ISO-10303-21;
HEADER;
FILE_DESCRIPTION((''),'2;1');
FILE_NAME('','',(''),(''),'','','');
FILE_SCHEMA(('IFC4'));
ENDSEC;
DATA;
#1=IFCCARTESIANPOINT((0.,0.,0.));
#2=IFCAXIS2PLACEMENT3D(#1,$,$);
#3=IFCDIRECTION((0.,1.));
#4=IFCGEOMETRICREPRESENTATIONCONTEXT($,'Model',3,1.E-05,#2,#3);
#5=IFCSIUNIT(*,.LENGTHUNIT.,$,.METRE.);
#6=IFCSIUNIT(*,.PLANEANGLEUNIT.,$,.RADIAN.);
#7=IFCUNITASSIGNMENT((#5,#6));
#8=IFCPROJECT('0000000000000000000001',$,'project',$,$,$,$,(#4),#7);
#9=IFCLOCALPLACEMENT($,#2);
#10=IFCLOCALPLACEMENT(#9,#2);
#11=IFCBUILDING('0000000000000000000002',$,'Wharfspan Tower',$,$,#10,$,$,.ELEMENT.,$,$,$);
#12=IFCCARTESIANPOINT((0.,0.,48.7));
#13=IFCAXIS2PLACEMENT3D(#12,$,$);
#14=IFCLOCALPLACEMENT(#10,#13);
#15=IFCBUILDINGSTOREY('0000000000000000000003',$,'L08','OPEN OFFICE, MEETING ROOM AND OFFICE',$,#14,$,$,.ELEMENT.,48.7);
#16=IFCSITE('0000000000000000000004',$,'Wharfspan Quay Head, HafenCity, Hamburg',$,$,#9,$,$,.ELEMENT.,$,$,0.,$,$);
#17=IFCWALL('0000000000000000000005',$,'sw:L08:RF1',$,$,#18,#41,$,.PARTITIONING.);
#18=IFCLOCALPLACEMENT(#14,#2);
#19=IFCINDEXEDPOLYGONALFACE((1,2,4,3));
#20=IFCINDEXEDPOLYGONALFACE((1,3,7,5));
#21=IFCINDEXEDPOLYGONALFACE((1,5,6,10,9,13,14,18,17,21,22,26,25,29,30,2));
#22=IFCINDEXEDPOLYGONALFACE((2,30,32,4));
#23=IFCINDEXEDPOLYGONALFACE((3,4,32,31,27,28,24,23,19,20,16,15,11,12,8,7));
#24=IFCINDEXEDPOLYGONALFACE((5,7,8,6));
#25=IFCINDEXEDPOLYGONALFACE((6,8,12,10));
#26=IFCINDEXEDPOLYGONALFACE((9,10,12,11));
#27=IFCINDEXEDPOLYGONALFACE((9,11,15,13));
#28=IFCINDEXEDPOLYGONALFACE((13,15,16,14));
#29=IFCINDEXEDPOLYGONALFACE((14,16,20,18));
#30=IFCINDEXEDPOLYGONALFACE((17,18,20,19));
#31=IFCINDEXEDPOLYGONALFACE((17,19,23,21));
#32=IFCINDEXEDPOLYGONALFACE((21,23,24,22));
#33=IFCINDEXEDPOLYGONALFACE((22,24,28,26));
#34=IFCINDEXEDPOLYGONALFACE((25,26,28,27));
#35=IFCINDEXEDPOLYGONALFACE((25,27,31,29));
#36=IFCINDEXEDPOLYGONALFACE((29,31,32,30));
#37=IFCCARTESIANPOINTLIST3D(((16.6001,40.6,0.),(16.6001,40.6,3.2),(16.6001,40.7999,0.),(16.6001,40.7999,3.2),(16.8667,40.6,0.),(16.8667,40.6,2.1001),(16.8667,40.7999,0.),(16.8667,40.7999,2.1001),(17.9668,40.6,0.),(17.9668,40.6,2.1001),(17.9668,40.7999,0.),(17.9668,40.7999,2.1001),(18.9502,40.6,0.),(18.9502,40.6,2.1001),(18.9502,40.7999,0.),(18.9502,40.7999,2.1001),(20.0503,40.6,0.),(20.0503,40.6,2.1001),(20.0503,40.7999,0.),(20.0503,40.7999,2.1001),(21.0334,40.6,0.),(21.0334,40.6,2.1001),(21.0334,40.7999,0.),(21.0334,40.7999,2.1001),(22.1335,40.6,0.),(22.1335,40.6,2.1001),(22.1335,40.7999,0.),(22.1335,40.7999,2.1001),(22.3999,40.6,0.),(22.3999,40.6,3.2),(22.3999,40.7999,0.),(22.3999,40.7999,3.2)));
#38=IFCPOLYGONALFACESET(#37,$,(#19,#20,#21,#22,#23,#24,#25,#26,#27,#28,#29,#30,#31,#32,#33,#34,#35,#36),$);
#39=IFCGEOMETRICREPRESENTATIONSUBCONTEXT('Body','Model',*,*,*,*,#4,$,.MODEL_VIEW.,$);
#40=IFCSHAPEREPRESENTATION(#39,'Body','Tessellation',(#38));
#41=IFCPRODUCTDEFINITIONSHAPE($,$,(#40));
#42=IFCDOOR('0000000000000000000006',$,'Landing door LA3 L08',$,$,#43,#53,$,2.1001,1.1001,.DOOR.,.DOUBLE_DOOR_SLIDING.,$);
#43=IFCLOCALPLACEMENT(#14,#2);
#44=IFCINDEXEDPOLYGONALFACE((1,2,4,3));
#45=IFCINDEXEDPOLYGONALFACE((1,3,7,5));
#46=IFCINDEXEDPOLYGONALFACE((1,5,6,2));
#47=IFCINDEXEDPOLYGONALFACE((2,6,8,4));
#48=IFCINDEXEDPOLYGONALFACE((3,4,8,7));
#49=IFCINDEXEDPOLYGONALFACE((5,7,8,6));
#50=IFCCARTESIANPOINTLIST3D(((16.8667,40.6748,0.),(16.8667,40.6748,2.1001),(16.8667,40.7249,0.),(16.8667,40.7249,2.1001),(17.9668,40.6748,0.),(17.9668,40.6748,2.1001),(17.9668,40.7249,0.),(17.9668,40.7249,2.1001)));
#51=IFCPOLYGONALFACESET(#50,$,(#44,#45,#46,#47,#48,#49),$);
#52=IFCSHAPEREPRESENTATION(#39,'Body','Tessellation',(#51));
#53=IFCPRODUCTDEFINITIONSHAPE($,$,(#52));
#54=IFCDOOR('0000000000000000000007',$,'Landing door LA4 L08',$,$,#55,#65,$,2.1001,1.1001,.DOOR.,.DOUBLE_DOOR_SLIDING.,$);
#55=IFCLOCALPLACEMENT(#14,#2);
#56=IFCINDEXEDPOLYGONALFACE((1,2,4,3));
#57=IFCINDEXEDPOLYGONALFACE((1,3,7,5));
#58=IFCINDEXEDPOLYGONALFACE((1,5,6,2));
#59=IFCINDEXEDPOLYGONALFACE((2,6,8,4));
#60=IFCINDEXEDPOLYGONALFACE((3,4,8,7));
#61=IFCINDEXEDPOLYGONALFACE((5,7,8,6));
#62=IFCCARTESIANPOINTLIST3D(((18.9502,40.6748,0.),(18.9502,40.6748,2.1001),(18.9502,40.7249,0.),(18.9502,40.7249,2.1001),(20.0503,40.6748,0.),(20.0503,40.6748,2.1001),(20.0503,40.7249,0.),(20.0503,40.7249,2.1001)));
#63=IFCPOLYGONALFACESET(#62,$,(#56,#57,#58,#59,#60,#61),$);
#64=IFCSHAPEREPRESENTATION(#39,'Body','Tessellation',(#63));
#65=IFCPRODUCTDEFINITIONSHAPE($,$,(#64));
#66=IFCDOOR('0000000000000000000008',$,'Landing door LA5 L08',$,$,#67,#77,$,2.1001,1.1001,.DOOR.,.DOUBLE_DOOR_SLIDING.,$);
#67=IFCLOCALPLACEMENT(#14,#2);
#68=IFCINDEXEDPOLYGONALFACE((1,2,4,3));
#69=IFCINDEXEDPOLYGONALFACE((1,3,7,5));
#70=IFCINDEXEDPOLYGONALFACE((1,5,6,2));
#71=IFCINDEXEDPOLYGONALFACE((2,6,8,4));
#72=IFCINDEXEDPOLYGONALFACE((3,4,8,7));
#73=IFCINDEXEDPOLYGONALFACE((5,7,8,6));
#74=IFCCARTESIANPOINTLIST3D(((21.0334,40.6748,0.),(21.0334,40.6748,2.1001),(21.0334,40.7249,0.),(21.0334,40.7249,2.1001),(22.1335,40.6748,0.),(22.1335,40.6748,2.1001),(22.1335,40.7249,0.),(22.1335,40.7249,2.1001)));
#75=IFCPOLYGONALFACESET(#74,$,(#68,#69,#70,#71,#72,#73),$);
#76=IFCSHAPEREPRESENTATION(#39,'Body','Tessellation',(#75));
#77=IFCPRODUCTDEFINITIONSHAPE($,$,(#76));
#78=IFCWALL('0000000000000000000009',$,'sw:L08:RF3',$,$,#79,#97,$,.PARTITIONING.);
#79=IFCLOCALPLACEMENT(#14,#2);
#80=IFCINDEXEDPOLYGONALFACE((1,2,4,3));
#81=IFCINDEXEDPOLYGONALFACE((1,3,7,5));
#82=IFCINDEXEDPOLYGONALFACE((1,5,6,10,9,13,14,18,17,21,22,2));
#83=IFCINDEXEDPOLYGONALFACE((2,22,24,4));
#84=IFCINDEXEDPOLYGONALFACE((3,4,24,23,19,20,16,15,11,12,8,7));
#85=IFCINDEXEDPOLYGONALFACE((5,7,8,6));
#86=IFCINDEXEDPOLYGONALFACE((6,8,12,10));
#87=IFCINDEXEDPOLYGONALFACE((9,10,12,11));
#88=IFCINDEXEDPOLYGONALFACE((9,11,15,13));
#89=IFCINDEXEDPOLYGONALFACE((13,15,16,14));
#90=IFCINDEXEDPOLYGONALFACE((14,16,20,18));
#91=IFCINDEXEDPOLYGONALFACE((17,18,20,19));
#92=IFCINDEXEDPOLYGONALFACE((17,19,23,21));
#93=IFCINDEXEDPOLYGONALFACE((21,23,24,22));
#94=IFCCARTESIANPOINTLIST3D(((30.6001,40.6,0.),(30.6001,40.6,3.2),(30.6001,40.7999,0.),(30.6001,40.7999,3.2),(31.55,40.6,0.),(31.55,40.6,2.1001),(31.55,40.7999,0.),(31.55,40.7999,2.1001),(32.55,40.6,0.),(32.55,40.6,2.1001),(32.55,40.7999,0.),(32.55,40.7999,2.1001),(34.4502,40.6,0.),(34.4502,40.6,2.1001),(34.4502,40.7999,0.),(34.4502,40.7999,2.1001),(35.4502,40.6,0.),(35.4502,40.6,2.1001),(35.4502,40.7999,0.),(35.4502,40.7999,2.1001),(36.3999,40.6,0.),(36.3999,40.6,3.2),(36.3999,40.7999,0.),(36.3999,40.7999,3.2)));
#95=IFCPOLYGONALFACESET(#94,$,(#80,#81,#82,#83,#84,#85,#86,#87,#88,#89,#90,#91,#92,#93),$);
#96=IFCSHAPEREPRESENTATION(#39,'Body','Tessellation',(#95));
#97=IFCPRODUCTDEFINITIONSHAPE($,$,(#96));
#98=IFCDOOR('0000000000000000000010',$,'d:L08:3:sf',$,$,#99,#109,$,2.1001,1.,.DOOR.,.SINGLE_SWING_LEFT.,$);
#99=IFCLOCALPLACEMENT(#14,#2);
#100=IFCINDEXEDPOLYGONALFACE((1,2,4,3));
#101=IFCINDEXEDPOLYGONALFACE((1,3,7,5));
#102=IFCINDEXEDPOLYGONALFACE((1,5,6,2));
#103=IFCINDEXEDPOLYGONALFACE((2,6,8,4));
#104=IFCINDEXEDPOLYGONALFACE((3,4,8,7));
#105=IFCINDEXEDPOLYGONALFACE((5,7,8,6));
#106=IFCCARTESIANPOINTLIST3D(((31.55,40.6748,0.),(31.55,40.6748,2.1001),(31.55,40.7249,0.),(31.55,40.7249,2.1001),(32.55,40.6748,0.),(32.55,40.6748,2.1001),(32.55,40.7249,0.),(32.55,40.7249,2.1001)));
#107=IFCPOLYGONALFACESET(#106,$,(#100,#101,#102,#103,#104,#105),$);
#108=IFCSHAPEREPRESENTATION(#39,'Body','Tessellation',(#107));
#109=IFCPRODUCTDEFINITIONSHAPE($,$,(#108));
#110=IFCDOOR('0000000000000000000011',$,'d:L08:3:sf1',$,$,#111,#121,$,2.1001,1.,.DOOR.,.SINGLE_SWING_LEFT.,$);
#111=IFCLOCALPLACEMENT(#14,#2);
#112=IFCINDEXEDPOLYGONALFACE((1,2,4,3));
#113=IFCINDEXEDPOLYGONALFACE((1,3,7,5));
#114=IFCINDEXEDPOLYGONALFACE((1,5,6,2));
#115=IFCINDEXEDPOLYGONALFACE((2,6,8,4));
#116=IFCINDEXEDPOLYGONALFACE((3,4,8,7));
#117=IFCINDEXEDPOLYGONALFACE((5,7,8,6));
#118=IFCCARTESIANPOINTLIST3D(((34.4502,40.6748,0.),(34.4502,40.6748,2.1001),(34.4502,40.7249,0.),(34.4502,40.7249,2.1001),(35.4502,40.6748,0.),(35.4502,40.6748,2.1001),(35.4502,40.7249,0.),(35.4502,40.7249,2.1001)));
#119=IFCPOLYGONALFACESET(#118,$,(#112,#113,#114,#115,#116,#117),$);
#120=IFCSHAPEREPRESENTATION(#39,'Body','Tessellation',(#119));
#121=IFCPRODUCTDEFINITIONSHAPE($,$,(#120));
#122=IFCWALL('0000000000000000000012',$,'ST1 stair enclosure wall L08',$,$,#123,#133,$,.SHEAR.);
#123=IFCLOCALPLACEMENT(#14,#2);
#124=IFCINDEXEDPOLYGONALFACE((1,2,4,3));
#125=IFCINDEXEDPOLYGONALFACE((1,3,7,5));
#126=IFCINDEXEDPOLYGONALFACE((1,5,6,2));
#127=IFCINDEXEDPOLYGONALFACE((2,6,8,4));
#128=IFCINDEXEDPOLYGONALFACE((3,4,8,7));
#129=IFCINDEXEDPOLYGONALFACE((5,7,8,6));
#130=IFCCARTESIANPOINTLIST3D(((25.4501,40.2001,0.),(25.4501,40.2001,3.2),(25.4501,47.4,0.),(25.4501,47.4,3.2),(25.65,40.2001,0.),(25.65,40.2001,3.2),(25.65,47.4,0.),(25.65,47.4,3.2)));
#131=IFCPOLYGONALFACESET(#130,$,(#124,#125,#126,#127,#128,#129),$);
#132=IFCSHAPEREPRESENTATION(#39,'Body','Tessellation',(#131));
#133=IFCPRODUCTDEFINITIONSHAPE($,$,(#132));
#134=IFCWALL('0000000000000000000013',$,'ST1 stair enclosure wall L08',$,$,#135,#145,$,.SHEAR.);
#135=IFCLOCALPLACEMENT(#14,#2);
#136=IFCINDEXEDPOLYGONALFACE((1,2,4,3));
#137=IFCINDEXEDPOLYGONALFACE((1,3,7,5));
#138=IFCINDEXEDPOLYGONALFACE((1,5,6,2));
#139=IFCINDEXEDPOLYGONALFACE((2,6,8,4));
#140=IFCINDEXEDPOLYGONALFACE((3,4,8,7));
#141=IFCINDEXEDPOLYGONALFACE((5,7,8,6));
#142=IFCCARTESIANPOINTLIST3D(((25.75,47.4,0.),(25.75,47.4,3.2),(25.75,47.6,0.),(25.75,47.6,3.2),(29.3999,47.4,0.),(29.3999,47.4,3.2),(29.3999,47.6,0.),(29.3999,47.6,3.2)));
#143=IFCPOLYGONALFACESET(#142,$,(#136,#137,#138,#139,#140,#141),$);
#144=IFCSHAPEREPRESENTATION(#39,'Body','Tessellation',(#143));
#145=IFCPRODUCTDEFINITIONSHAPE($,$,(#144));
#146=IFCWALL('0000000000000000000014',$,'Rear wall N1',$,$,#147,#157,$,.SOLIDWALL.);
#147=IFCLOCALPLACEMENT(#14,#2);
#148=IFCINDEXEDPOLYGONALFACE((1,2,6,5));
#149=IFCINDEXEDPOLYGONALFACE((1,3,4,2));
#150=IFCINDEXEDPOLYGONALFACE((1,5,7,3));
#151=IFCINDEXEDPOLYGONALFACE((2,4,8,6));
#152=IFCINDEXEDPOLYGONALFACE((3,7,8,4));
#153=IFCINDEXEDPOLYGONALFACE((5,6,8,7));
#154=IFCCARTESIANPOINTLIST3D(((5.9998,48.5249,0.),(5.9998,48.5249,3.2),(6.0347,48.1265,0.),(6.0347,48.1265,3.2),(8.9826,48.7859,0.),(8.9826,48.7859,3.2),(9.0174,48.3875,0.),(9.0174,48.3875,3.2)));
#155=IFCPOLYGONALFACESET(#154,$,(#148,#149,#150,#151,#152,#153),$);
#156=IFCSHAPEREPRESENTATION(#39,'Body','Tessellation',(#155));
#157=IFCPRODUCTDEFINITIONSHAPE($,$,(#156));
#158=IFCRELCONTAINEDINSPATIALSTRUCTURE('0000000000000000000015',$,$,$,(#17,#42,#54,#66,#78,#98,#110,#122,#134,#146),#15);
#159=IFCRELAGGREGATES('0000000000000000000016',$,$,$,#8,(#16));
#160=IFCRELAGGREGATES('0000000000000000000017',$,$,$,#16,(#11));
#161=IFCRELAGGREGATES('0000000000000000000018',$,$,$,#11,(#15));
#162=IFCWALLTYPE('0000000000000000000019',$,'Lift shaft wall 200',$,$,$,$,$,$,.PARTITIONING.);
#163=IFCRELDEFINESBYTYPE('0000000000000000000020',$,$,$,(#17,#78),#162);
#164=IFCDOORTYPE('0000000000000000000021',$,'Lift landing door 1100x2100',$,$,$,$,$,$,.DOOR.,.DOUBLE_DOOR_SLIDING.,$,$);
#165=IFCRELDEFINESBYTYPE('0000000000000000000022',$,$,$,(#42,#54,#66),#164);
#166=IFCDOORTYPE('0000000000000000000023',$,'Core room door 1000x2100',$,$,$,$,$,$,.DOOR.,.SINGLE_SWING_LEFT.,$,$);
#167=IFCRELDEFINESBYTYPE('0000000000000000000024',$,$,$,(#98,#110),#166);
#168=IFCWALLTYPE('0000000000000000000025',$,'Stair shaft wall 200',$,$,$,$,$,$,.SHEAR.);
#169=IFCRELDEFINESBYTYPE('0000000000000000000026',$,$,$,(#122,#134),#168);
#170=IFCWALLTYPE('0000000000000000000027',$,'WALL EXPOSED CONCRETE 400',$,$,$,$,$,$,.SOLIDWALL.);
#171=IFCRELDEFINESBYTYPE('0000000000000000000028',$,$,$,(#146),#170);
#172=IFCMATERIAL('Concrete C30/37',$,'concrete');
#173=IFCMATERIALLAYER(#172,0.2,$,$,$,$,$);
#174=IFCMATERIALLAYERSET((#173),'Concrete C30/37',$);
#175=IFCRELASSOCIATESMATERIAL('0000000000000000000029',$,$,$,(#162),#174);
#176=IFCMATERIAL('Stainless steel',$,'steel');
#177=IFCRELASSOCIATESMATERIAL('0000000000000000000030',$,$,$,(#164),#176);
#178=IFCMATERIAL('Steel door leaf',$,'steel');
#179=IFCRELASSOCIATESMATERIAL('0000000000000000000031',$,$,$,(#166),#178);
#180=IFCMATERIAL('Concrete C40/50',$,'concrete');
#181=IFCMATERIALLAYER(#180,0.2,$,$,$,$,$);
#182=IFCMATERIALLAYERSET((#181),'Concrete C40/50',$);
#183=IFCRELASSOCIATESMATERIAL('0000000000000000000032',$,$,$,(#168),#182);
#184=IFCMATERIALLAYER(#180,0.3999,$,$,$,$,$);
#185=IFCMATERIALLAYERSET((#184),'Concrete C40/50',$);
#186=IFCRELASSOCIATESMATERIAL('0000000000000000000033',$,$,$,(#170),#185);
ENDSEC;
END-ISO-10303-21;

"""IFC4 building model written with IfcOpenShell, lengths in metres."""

from ifc_helpers import new_model, si_unit, direction, frame, frame_2d, origin, place, context, subcontext, project, spatial, rectangle, extrude, material, layer, layer_set, type_object, element, fill, save


model = new_model("IFC4")

# Units and contexts
model_context = context("Model", 3, precision=1e-05, world=origin(), true_north=direction((0.0, 1.0)))
body_context = subcontext(model_context, "Body", "Model", "MODEL_VIEW")
ifc_project = project(units=[si_unit("LENGTHUNIT", "METRE"), si_unit("PLANEANGLEUNIT", "RADIAN")], contexts=[model_context])

# Site, building, storey
site_placement = place(None, origin())
site = spatial("IfcSite", under=ifc_project, at=site_placement, Name="Wharfspan Quay Head, HafenCity, Hamburg", CompositionType="ELEMENT", RefElevation=0.0)
building_placement = place(site_placement, origin())
building = spatial("IfcBuilding", under=site, at=building_placement, Name="Wharfspan Tower", CompositionType="ELEMENT")
storey_placement = place(building_placement, frame((0.0, 0.0, 48.7)))
storey = spatial("IfcBuildingStorey", under=building, at=storey_placement, Name="L08", Description="OPEN OFFICE, MEETING ROOM AND OFFICE", CompositionType="ELEMENT", Elevation=48.7)

# Walls, openings, doors
ifc_material_1 = material(Name="Concrete C30/37", Category="concrete")
ifc_layer_1 = layer(ifc_material_1, 0.2)
ifc_layer_set_1 = layer_set([ifc_layer_1], Name="Concrete C30/37")
wall_type_1 = type_object("IfcWallType", Name="Lift shaft wall 200", PredefinedType="PARTITIONING", material=ifc_layer_set_1)
wall_1_placement = place(storey_placement, frame((16.6001, 40.7, 0.0), z_axis=(0.0, 0.0, 1.0), x_axis=(1.0, 0.0, 0.0)))
wall_1 = element("IfcWall", 1, at=wall_1_placement, inside=storey, type_object=wall_type_1, Name="sw:L08:RF1", PredefinedType="PARTITIONING", context=body_context, shape_type="SweptSolid", body=[
    extrude(rectangle(XDim=5.7998, YDim=0.2, at=frame_2d((2.8999, 0.0))), origin(), (0.0, 0.0, 1.0), 3.2),
])
opening_1_placement = place(wall_1_placement, frame((0.2666, 0.0, 0.0)))
opening_1 = element("IfcOpeningElement", 2, at=opening_1_placement, cuts=wall_1, PredefinedType="OPENING", context=body_context, shape_type="SweptSolid", body=[
    extrude(rectangle(XDim=1.1001, YDim=2.1001, at=frame_2d((0.55, 1.05))), frame((0.0, 0.1099, 0.0), z_axis=(0.0, -1.0, 0.0), x_axis=(1.0, 0.0, 0.0)), (0.0, 0.0, 1.0), 0.22),
])
opening_2_placement = place(wall_1_placement, frame((2.3501, 0.0, 0.0)))
opening_2 = element("IfcOpeningElement", 3, at=opening_2_placement, cuts=wall_1, PredefinedType="OPENING", context=body_context, shape_type="SweptSolid", body=[
    extrude(rectangle(XDim=1.1001, YDim=2.1001, at=frame_2d((0.55, 1.05))), frame((0.0, 0.1099, 0.0), z_axis=(0.0, -1.0, 0.0), x_axis=(1.0, 0.0, 0.0)), (0.0, 0.0, 1.0), 0.22),
])
opening_3_placement = place(wall_1_placement, frame((4.4333, 0.0, 0.0)))
opening_3 = element("IfcOpeningElement", 4, at=opening_3_placement, cuts=wall_1, PredefinedType="OPENING", context=body_context, shape_type="SweptSolid", body=[
    extrude(rectangle(XDim=1.1001, YDim=2.1001, at=frame_2d((0.55, 1.05))), frame((0.0, 0.1099, 0.0), z_axis=(0.0, -1.0, 0.0), x_axis=(1.0, 0.0, 0.0)), (0.0, 0.0, 1.0), 0.22),
])
ifc_material_2 = material(Name="Stainless steel", Category="steel")
door_type_1 = type_object("IfcDoorType", Name="Lift landing door 1100x2100", OperationType="DOUBLE_DOOR_SLIDING", PredefinedType="DOOR", material=ifc_material_2)
door_1_placement = place(opening_1_placement, origin())
door_1 = element("IfcDoor", 5, at=door_1_placement, inside=storey, type_object=door_type_1, Name="Landing door LA3 L08", OperationType="DOUBLE_DOOR_SLIDING", OverallHeight=2.1001, OverallWidth=1.1001, PredefinedType="DOOR", context=body_context, shape_type="SweptSolid", body=[
    extrude(rectangle(XDim=1.1001, YDim=2.1001, at=frame_2d((0.55, 1.05))), frame((0.0, 0.0249, 0.0), z_axis=(0.0, -1.0, 0.0), x_axis=(1.0, 0.0, 0.0)), (0.0, 0.0, 1.0), 0.05),
])
fill(opening_1, door_1)
door_2_placement = place(opening_2_placement, origin())
door_2 = element("IfcDoor", 6, at=door_2_placement, inside=storey, type_object=door_type_1, Name="Landing door LA4 L08", OperationType="DOUBLE_DOOR_SLIDING", OverallHeight=2.1001, OverallWidth=1.1001, PredefinedType="DOOR", context=body_context, shape_type="SweptSolid", body=[
    extrude(rectangle(XDim=1.1001, YDim=2.1001, at=frame_2d((0.55, 1.05))), frame((0.0, 0.0249, 0.0), z_axis=(0.0, -1.0, 0.0), x_axis=(1.0, 0.0, 0.0)), (0.0, 0.0, 1.0), 0.05),
])
fill(opening_2, door_2)
door_3_placement = place(opening_3_placement, origin())
door_3 = element("IfcDoor", 7, at=door_3_placement, inside=storey, type_object=door_type_1, Name="Landing door LA5 L08", OperationType="DOUBLE_DOOR_SLIDING", OverallHeight=2.1001, OverallWidth=1.1001, PredefinedType="DOOR", context=body_context, shape_type="SweptSolid", body=[
    extrude(rectangle(XDim=1.1001, YDim=2.1001, at=frame_2d((0.55, 1.05))), frame((0.0, 0.0249, 0.0), z_axis=(0.0, -1.0, 0.0), x_axis=(1.0, 0.0, 0.0)), (0.0, 0.0, 1.0), 0.05),
])
fill(opening_3, door_3)
wall_2_placement = place(storey_placement, frame((30.6001, 40.7, 0.0), z_axis=(0.0, 0.0, 1.0), x_axis=(1.0, 0.0, 0.0)))
wall_2 = element("IfcWall", 8, at=wall_2_placement, inside=storey, type_object=wall_type_1, Name="sw:L08:RF3", PredefinedType="PARTITIONING", context=body_context, shape_type="SweptSolid", body=[
    extrude(rectangle(XDim=5.7998, YDim=0.2, at=frame_2d((2.8999, 0.0))), origin(), (0.0, 0.0, 1.0), 3.2),
])
opening_4_placement = place(wall_2_placement, frame((0.95, 0.0, 0.0)))
opening_4 = element("IfcOpeningElement", 9, at=opening_4_placement, cuts=wall_2, PredefinedType="OPENING", context=body_context, shape_type="SweptSolid", body=[
    extrude(rectangle(XDim=1.0, YDim=2.1001, at=frame_2d((0.5, 1.05))), frame((0.0, 0.1099, 0.0), z_axis=(0.0, -1.0, 0.0), x_axis=(1.0, 0.0, 0.0)), (0.0, 0.0, 1.0), 0.22),
])
opening_5_placement = place(wall_2_placement, frame((3.8501, 0.0, 0.0)))
opening_5 = element("IfcOpeningElement", 10, at=opening_5_placement, cuts=wall_2, PredefinedType="OPENING", context=body_context, shape_type="SweptSolid", body=[
    extrude(rectangle(XDim=1.0, YDim=2.1001, at=frame_2d((0.5, 1.05))), frame((0.0, 0.1099, 0.0), z_axis=(0.0, -1.0, 0.0), x_axis=(1.0, 0.0, 0.0)), (0.0, 0.0, 1.0), 0.22),
])
ifc_material_3 = material(Name="Steel door leaf", Category="steel")
door_type_2 = type_object("IfcDoorType", Name="Core room door 1000x2100", OperationType="SINGLE_SWING_LEFT", PredefinedType="DOOR", material=ifc_material_3)
door_4_placement = place(opening_4_placement, origin())
door_4 = element("IfcDoor", 11, at=door_4_placement, inside=storey, type_object=door_type_2, Name="d:L08:3:sf", OperationType="SINGLE_SWING_LEFT", OverallHeight=2.1001, OverallWidth=1.0, PredefinedType="DOOR", context=body_context, shape_type="SweptSolid", body=[
    extrude(rectangle(XDim=1.0, YDim=2.1001, at=frame_2d((0.5, 1.05))), frame((0.0, 0.0249, 0.0), z_axis=(0.0, -1.0, 0.0), x_axis=(1.0, 0.0, 0.0)), (0.0, 0.0, 1.0), 0.05),
])
fill(opening_4, door_4)
door_5_placement = place(opening_5_placement, origin())
door_5 = element("IfcDoor", 12, at=door_5_placement, inside=storey, type_object=door_type_2, Name="d:L08:3:sf1", OperationType="SINGLE_SWING_LEFT", OverallHeight=2.1001, OverallWidth=1.0, PredefinedType="DOOR", context=body_context, shape_type="SweptSolid", body=[
    extrude(rectangle(XDim=1.0, YDim=2.1001, at=frame_2d((0.5, 1.05))), frame((0.0, 0.0249, 0.0), z_axis=(0.0, -1.0, 0.0), x_axis=(1.0, 0.0, 0.0)), (0.0, 0.0, 1.0), 0.05),
])
fill(opening_5, door_5)

# Walls
ifc_material_4 = material(Name="Concrete C40/50", Category="concrete")
ifc_layer_2 = layer(ifc_material_4, 0.2)
ifc_layer_set_2 = layer_set([ifc_layer_2], Name="Concrete C40/50")
wall_type_2 = type_object("IfcWallType", Name="Stair shaft wall 200", PredefinedType="SHEAR", material=ifc_layer_set_2)
wall_3_placement = place(storey_placement, frame((25.55, 40.2, 0.0), z_axis=(0.0, 0.0, 1.0), x_axis=(0.0, 1.0, 0.0)))
element("IfcWall", 13, at=wall_3_placement, inside=storey, type_object=wall_type_2, Name="ST1 stair enclosure wall L08", PredefinedType="SHEAR", context=body_context, shape_type="SweptSolid", body=[
    extrude(rectangle(XDim=7.2, YDim=0.2, at=frame_2d((3.6001, 0.0))), origin(), (0.0, 0.0, 1.0), 3.2),
])
wall_4_placement = place(storey_placement, frame((25.75, 47.5, 0.0), z_axis=(0.0, 0.0, 1.0), x_axis=(1.0, 0.0, 0.0)))
element("IfcWall", 14, at=wall_4_placement, inside=storey, type_object=wall_type_2, Name="ST1 stair enclosure wall L08", PredefinedType="SHEAR", context=body_context, shape_type="SweptSolid", body=[
    extrude(rectangle(XDim=3.6499, YDim=0.2, at=frame_2d((1.825, 0.0))), origin(), (0.0, 0.0, 1.0), 3.2),
])
ifc_layer_3 = layer(ifc_material_4, 0.3999)
ifc_layer_set_3 = layer_set([ifc_layer_3], Name="Concrete C40/50")
wall_type_3 = type_object("IfcWallType", Name="WALL EXPOSED CONCRETE 400", PredefinedType="SOLIDWALL", material=ifc_layer_set_3)
wall_5_placement = place(storey_placement, frame((9.0, 48.5867, 0.0), z_axis=(0.0, 0.0, 1.0), x_axis=(-0.996194, -0.087168, 0.0)))
element("IfcWall", 15, at=wall_5_placement, inside=storey, type_object=wall_type_3, Name="Rear wall N1", PredefinedType="SOLIDWALL", context=body_context, shape_type="SweptSolid", body=[
    extrude(rectangle(XDim=2.9941, YDim=0.3999, at=frame_2d((1.4971, 0.0))), origin(), (0.0, 0.0, 1.0), 3.2),
])

save(model, "model.ifc")
